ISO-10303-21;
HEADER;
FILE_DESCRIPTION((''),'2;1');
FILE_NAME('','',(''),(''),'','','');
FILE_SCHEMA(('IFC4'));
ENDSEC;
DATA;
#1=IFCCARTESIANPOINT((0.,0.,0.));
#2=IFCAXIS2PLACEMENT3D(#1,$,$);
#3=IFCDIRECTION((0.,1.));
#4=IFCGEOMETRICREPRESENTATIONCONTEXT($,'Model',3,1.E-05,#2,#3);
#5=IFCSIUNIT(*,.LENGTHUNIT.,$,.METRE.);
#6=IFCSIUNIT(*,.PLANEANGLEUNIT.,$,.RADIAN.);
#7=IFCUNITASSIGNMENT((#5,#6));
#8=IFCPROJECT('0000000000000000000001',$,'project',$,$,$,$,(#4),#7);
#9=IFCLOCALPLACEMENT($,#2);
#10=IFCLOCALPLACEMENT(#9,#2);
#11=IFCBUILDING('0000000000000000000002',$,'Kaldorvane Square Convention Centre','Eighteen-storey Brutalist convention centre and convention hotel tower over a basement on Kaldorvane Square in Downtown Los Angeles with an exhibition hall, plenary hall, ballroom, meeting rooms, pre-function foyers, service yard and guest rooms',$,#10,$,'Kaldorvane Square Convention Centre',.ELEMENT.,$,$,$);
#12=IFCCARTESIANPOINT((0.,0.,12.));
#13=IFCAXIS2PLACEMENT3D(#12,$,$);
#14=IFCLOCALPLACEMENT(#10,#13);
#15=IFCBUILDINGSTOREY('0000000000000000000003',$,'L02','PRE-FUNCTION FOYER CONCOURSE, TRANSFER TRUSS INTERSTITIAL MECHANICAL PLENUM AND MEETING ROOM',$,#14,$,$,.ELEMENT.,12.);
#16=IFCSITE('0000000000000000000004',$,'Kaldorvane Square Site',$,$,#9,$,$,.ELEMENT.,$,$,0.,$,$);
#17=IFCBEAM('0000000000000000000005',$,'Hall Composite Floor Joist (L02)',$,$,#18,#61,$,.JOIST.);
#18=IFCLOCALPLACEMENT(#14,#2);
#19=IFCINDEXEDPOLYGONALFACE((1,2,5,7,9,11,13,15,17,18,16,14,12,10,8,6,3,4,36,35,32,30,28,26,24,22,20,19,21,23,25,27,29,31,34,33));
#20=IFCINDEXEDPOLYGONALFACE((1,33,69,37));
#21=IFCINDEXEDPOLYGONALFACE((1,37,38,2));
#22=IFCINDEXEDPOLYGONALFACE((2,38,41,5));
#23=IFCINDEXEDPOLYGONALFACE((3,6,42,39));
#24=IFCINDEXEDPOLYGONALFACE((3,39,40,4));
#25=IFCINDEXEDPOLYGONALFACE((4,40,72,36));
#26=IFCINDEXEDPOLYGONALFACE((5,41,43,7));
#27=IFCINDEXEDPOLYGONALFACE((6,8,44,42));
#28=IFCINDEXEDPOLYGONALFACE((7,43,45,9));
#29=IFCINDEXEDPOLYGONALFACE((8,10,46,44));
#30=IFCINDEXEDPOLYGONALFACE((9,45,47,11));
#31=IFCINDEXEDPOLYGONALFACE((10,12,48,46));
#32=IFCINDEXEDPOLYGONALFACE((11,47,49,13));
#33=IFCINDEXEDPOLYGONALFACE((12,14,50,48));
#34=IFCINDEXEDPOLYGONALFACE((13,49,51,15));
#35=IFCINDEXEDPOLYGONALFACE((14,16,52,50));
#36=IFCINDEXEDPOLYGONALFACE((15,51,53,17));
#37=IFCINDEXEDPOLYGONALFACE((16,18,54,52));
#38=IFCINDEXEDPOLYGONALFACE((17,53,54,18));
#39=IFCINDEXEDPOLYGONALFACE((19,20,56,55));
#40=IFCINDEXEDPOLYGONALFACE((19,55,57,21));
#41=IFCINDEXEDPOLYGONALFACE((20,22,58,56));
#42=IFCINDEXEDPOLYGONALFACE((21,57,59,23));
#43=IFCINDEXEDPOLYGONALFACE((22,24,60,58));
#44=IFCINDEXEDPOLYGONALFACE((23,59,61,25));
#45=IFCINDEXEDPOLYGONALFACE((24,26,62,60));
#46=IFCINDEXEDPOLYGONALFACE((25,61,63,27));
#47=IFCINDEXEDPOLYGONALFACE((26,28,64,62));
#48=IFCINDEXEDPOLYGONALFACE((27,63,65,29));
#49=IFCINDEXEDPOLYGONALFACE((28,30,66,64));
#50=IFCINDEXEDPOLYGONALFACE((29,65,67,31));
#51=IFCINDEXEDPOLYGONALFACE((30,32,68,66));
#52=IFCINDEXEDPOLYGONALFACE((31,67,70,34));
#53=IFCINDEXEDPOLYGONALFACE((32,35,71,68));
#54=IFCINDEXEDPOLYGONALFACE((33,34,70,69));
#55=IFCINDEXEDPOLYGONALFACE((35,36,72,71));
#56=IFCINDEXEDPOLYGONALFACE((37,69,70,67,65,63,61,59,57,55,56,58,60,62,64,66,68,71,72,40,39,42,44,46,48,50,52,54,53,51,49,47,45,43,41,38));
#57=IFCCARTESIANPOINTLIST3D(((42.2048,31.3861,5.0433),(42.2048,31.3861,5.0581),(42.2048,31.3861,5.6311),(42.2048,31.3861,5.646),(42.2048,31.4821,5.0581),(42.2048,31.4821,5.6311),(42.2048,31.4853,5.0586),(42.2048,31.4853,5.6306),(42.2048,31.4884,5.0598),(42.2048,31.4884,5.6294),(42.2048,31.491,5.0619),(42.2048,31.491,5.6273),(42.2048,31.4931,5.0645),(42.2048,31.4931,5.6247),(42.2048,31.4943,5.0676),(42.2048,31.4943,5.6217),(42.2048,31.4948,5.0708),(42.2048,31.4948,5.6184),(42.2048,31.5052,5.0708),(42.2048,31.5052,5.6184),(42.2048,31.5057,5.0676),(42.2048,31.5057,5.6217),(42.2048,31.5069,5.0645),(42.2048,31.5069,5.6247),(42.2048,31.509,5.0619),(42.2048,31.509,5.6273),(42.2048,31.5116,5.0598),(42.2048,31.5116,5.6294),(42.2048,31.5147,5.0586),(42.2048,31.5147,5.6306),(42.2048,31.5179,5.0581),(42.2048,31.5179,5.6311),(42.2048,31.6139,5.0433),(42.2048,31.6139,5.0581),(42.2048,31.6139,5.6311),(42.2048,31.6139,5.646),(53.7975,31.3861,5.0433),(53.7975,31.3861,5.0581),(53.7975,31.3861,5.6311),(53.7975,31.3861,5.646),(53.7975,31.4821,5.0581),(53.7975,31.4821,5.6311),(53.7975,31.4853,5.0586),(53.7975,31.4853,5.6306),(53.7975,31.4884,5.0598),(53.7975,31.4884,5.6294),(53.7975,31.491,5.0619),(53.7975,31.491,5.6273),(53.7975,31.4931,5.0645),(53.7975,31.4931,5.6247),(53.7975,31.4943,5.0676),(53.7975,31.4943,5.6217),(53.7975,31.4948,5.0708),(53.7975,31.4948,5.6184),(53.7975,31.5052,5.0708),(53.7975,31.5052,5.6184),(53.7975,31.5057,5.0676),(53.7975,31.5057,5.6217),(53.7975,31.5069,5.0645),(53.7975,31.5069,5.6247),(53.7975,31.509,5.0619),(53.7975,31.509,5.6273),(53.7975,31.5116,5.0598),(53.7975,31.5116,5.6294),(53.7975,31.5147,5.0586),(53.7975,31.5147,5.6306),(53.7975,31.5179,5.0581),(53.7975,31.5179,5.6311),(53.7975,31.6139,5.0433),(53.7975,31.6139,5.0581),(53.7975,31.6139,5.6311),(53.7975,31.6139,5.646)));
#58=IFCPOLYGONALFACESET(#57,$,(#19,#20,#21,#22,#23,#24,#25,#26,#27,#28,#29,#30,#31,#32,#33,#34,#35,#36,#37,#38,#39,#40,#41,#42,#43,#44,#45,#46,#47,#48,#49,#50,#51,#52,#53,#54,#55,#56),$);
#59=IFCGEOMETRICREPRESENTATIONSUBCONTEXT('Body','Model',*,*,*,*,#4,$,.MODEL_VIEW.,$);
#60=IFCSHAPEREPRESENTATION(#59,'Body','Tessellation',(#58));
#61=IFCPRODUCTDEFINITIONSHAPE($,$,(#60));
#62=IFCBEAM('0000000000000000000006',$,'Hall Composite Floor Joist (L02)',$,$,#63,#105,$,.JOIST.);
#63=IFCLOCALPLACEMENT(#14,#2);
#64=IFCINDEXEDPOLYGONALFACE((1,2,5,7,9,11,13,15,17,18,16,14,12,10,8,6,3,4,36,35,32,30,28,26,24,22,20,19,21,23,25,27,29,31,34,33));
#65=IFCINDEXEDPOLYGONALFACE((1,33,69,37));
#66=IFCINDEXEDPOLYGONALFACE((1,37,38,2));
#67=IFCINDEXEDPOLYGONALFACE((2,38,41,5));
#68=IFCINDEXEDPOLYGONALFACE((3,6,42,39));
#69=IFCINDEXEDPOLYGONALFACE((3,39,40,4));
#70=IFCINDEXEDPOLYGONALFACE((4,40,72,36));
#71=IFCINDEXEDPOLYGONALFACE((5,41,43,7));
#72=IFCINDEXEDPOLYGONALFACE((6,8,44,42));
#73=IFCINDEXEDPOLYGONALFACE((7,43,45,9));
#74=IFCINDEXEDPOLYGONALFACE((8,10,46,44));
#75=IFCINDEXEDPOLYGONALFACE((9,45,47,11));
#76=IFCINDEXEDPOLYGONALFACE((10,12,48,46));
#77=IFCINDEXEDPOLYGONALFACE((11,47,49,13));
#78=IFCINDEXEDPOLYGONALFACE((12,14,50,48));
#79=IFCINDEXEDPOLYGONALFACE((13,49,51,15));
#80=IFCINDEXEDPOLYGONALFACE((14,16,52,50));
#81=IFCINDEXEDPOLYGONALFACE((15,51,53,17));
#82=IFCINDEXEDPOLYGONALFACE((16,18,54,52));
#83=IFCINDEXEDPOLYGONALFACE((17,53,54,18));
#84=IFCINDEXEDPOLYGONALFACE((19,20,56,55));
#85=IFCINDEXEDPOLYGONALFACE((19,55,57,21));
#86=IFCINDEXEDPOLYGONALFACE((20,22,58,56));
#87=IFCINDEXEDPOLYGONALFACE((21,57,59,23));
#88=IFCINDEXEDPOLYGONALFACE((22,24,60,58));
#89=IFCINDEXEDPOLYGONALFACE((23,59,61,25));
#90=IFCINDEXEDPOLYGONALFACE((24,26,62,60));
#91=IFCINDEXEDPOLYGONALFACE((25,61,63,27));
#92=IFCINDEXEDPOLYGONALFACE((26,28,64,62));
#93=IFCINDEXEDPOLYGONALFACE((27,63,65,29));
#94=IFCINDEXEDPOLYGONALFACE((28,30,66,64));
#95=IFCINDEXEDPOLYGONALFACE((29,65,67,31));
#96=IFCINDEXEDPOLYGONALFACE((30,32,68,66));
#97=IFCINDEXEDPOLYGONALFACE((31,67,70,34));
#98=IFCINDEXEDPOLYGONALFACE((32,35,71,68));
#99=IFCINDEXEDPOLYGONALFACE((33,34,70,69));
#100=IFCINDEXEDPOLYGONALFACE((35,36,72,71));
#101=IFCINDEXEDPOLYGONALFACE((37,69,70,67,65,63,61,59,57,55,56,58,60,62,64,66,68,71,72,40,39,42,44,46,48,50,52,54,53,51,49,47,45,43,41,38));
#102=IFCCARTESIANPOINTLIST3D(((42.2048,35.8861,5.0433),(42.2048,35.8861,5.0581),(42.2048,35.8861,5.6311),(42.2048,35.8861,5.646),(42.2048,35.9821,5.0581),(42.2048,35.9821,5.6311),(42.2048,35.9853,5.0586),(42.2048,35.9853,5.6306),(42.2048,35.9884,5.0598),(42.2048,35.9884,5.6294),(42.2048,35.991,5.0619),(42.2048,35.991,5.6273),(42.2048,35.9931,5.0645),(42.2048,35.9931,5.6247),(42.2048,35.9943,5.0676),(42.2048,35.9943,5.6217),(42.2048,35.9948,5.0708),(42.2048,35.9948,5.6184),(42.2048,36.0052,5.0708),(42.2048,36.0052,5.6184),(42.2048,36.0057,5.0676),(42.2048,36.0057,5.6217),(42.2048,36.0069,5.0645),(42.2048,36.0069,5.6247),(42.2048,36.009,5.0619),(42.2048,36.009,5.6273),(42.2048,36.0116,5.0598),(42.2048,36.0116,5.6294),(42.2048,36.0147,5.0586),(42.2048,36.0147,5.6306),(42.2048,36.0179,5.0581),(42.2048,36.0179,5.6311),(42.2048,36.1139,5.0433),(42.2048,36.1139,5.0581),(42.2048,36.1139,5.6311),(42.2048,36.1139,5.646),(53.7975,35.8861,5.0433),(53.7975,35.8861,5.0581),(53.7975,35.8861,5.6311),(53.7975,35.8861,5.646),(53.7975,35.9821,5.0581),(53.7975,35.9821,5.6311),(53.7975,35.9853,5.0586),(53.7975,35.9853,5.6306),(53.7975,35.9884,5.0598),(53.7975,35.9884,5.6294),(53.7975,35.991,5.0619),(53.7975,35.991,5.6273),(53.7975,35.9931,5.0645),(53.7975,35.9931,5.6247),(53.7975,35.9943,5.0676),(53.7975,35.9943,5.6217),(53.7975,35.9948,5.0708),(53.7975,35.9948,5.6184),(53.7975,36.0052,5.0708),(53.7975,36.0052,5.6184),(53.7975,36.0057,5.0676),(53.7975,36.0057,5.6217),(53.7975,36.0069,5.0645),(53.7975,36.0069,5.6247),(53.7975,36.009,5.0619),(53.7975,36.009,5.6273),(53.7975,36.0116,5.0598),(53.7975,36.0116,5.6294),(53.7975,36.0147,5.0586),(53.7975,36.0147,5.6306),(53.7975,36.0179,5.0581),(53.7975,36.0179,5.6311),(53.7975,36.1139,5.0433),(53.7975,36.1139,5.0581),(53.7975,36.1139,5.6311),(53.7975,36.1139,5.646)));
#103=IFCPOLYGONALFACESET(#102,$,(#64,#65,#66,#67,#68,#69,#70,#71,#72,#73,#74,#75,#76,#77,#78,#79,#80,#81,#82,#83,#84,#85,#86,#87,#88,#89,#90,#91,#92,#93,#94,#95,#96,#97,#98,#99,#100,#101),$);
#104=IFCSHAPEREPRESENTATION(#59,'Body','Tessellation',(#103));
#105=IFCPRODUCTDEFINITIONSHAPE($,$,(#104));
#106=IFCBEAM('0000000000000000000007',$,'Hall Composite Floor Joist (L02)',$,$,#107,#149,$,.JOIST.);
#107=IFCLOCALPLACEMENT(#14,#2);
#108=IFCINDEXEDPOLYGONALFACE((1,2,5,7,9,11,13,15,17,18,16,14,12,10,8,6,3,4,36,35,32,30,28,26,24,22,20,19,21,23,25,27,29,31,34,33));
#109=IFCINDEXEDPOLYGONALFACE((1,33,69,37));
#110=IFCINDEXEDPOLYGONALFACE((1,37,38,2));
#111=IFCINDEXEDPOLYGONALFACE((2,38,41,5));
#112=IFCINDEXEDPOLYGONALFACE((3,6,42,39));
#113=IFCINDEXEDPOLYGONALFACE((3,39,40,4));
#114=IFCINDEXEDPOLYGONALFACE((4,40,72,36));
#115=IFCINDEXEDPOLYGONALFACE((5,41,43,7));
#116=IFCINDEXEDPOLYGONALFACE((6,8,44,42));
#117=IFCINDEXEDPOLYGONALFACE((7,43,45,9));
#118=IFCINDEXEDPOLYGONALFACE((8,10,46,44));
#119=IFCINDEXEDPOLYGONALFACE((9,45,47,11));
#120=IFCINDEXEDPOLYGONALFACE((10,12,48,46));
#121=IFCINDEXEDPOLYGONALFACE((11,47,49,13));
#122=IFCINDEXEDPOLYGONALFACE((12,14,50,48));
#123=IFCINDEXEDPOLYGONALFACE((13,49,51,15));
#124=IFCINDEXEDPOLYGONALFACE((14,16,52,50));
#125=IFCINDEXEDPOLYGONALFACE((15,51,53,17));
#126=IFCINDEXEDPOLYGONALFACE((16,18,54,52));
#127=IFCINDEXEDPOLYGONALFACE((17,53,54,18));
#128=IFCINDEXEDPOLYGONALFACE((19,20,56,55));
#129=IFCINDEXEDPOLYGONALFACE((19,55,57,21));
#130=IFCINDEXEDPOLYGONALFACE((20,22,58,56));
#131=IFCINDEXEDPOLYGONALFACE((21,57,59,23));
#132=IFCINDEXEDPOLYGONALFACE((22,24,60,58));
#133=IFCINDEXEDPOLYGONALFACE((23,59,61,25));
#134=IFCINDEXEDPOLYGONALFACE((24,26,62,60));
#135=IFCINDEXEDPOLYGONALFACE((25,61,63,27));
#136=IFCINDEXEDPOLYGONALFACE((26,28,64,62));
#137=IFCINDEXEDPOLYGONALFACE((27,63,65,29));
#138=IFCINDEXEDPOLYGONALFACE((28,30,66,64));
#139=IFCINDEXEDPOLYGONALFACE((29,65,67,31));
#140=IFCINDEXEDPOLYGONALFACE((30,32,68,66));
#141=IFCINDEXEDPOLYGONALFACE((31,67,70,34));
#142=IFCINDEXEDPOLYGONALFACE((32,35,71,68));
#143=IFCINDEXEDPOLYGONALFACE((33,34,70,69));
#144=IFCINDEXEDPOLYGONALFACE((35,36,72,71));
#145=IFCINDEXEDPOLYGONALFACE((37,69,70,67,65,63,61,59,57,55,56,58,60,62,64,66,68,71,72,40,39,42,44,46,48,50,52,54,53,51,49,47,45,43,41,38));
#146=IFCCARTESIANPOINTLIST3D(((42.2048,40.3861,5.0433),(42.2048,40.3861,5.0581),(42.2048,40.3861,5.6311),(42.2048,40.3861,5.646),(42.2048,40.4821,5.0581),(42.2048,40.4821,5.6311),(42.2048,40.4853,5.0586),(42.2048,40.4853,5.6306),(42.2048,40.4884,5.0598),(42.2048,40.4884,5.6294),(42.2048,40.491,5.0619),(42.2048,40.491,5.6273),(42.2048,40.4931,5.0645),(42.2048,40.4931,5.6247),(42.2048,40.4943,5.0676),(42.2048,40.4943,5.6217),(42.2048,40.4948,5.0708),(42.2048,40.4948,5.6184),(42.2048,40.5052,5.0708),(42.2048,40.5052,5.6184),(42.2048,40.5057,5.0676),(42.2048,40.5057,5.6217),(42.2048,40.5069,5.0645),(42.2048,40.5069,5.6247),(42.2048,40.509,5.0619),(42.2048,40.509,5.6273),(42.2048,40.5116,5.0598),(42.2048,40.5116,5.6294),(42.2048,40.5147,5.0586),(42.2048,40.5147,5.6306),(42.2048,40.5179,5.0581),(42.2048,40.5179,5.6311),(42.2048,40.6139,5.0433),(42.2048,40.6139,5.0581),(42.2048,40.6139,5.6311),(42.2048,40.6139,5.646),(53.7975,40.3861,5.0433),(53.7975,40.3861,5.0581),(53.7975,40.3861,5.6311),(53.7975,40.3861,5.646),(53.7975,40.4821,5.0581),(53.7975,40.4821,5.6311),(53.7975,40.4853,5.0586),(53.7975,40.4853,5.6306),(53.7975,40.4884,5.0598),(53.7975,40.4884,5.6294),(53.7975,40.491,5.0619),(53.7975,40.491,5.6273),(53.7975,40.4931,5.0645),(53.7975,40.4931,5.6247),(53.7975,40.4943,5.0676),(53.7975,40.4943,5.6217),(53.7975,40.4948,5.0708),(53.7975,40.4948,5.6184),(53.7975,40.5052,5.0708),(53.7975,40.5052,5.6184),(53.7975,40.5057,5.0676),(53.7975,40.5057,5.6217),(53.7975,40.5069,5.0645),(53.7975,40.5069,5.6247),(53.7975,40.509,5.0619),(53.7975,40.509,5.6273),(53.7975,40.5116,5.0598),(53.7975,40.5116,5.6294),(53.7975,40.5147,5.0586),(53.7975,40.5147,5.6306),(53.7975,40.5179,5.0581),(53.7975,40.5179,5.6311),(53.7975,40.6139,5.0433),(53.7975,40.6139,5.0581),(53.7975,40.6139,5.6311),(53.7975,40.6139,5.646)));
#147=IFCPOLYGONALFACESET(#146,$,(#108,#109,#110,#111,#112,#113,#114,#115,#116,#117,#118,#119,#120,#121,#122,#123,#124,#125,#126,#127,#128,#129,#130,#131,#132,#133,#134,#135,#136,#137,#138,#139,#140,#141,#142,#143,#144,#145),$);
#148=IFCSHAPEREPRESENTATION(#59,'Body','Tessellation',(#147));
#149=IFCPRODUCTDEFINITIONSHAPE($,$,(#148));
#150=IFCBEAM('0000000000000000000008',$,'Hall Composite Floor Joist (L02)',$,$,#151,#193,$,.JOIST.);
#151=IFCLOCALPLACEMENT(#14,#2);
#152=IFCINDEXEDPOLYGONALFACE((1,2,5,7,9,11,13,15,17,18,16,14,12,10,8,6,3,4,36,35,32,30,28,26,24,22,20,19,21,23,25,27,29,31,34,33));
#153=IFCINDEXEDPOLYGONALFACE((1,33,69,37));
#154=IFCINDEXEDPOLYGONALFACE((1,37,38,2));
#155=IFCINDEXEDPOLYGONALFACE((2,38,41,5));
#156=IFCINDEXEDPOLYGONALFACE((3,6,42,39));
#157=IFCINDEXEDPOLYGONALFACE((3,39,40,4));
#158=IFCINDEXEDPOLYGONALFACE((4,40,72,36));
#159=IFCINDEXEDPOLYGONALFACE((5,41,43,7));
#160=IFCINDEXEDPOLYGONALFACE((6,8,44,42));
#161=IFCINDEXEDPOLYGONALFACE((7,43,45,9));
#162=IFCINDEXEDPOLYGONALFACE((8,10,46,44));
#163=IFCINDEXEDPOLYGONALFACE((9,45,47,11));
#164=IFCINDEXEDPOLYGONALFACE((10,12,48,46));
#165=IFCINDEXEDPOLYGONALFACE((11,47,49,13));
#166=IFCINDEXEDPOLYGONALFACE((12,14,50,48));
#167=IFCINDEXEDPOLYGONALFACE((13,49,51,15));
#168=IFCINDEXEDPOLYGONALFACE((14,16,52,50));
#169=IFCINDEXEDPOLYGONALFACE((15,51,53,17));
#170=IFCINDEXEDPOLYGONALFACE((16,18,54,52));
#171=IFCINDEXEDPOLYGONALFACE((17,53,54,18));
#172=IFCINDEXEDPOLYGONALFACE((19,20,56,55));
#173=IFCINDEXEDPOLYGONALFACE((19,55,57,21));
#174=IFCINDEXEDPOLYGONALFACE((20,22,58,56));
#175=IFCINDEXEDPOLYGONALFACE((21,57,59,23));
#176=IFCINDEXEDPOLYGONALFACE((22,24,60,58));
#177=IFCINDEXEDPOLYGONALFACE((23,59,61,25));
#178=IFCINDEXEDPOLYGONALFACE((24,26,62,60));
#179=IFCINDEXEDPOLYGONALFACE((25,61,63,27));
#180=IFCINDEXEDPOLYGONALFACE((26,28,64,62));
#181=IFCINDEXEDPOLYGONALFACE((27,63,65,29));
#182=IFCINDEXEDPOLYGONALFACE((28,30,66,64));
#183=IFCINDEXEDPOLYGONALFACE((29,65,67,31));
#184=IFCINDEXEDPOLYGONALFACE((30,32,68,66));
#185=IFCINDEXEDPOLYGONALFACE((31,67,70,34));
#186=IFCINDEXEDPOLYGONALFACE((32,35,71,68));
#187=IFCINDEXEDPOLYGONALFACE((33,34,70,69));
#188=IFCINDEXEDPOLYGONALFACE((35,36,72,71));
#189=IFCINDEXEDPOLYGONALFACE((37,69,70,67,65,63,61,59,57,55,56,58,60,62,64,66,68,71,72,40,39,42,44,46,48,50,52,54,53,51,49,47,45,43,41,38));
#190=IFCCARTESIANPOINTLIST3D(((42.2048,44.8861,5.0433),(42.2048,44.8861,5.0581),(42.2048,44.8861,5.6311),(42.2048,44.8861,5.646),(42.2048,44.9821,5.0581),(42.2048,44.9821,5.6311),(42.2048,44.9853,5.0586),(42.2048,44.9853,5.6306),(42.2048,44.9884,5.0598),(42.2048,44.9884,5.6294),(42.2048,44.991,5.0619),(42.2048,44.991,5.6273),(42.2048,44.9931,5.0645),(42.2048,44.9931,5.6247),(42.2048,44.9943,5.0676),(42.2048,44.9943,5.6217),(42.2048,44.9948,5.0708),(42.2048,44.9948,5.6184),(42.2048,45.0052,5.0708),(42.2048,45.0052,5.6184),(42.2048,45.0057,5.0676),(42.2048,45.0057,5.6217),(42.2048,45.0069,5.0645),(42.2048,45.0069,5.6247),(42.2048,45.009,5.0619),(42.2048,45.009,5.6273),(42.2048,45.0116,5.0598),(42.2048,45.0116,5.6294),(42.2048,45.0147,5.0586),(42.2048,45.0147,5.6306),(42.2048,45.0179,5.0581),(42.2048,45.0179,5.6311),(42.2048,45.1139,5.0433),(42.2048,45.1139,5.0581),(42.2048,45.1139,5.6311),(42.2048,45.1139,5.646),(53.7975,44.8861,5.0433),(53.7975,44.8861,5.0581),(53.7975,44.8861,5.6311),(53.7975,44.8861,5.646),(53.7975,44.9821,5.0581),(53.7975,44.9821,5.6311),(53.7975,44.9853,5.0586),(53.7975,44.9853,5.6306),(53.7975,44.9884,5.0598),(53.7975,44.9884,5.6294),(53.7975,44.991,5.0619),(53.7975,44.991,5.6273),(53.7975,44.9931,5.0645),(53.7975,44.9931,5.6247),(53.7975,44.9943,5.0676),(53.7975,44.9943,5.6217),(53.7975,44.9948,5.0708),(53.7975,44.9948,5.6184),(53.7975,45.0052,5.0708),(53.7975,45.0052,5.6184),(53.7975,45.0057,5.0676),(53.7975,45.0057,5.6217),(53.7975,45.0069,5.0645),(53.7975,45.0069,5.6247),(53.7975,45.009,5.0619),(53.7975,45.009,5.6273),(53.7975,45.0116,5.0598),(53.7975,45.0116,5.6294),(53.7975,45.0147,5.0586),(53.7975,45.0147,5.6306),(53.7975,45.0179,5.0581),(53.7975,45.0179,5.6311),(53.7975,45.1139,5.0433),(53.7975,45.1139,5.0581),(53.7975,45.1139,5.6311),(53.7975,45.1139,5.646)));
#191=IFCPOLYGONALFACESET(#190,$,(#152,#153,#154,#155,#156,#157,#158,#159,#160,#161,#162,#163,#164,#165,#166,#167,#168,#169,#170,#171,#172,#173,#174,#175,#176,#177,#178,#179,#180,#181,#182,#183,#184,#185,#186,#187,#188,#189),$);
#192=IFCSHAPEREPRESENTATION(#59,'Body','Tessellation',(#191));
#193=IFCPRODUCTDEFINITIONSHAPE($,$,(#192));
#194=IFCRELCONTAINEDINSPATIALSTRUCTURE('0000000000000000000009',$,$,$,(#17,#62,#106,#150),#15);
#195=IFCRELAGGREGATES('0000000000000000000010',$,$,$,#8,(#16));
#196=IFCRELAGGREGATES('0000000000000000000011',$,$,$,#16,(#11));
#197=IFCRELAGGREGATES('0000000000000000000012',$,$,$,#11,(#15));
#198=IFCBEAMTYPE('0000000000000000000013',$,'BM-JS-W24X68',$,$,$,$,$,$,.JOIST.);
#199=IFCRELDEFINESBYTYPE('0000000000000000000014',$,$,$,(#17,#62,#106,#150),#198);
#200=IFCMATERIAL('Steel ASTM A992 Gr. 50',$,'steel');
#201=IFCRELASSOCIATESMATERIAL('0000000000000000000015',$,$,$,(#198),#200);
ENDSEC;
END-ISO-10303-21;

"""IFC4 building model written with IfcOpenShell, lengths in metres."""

from ifc_helpers import new_model, si_unit, direction, frame, origin, origin_2d, place, context, subcontext, project, spatial, i_section, extrude, material, material_profile, profile_set, type_object, element, save


model = new_model("IFC4")

# Units and contexts
model_context = context("Model", 3, precision=1e-05, world=origin(), true_north=direction((0.0, 1.0)))
body_context = subcontext(model_context, "Body", "Model", "MODEL_VIEW")
ifc_project = project(units=[si_unit("LENGTHUNIT", "METRE"), si_unit("PLANEANGLEUNIT", "RADIAN")], contexts=[model_context])

# Site, building, storey
site_placement = place(None, origin())
site = spatial("IfcSite", under=ifc_project, at=site_placement, Name="Kaldorvane Square Site", CompositionType="ELEMENT", RefElevation=0.0)
building_placement = place(site_placement, origin())
building = spatial("IfcBuilding", under=site, at=building_placement, Name="Kaldorvane Square Convention Centre", Description="Eighteen-storey Brutalist convention centre and convention hotel tower over a basement on Kaldorvane Square in Downtown Los Angeles with an exhibition hall, plenary hall, ballroom, meeting rooms, pre-function foyers, service yard and guest rooms", LongName="Kaldorvane Square Convention Centre", CompositionType="ELEMENT")
storey_placement = place(building_placement, frame((0.0, 0.0, 12.0)))
storey = spatial("IfcBuildingStorey", under=building, at=storey_placement, Name="L02", Description="PRE-FUNCTION FOYER CONCOURSE, TRANSFER TRUSS INTERSTITIAL MECHANICAL PLENUM AND MEETING ROOM", CompositionType="ELEMENT", Elevation=12.0)

# Beams
ifc_material_1 = material(Name="Steel ASTM A992 Gr. 50", Category="steel")
ifc_material_profile_1 = material_profile(ifc_material_1, i_section(OverallWidth=0.2277, OverallDepth=0.6027, WebThickness=0.0105, FlangeThickness=0.0149, FilletRadius=0.0127, at=origin_2d()), Name="W24X68")
ifc_profile_set_1 = profile_set([ifc_material_profile_1], Name="Steel ASTM A992 Gr. 50")
beam_type = type_object("IfcBeamType", Name="BM-JS-W24X68", PredefinedType="JOIST", material=ifc_profile_set_1)
for number, where, z_axis, x_axis, name in (
    (1, (42.2048, 31.5, 5.3446), (1.0, 0.0, 0.0), (0.0, 1.0, 0.0), "Hall Composite Floor Joist (L02)"),
    (2, (42.2048, 36.0, 5.3446), (1.0, 0.0, 0.0), (0.0, 1.0, 0.0), "Hall Composite Floor Joist (L02)"),
    (3, (42.2048, 40.5, 5.3446), (1.0, 0.0, 0.0), (0.0, 1.0, 0.0), "Hall Composite Floor Joist (L02)"),
    (4, (42.2048, 45.0, 5.3446), (1.0, 0.0, 0.0), (0.0, 1.0, 0.0), "Hall Composite Floor Joist (L02)"),
):
    element("IfcBeam", number, at=place(storey_placement, frame(where, z_axis=z_axis, x_axis=x_axis)), inside=storey, type_object=beam_type, Name=name, PredefinedType="JOIST", context=body_context, shape_type="SweptSolid", body=[
        extrude(i_section(OverallWidth=0.2277, OverallDepth=0.6027, WebThickness=0.0105, FlangeThickness=0.0149, FilletRadius=0.0127, at=origin_2d()), origin(), (0.0, 0.0, 1.0), 11.5927),
    ])

save(model, "model.ifc")
